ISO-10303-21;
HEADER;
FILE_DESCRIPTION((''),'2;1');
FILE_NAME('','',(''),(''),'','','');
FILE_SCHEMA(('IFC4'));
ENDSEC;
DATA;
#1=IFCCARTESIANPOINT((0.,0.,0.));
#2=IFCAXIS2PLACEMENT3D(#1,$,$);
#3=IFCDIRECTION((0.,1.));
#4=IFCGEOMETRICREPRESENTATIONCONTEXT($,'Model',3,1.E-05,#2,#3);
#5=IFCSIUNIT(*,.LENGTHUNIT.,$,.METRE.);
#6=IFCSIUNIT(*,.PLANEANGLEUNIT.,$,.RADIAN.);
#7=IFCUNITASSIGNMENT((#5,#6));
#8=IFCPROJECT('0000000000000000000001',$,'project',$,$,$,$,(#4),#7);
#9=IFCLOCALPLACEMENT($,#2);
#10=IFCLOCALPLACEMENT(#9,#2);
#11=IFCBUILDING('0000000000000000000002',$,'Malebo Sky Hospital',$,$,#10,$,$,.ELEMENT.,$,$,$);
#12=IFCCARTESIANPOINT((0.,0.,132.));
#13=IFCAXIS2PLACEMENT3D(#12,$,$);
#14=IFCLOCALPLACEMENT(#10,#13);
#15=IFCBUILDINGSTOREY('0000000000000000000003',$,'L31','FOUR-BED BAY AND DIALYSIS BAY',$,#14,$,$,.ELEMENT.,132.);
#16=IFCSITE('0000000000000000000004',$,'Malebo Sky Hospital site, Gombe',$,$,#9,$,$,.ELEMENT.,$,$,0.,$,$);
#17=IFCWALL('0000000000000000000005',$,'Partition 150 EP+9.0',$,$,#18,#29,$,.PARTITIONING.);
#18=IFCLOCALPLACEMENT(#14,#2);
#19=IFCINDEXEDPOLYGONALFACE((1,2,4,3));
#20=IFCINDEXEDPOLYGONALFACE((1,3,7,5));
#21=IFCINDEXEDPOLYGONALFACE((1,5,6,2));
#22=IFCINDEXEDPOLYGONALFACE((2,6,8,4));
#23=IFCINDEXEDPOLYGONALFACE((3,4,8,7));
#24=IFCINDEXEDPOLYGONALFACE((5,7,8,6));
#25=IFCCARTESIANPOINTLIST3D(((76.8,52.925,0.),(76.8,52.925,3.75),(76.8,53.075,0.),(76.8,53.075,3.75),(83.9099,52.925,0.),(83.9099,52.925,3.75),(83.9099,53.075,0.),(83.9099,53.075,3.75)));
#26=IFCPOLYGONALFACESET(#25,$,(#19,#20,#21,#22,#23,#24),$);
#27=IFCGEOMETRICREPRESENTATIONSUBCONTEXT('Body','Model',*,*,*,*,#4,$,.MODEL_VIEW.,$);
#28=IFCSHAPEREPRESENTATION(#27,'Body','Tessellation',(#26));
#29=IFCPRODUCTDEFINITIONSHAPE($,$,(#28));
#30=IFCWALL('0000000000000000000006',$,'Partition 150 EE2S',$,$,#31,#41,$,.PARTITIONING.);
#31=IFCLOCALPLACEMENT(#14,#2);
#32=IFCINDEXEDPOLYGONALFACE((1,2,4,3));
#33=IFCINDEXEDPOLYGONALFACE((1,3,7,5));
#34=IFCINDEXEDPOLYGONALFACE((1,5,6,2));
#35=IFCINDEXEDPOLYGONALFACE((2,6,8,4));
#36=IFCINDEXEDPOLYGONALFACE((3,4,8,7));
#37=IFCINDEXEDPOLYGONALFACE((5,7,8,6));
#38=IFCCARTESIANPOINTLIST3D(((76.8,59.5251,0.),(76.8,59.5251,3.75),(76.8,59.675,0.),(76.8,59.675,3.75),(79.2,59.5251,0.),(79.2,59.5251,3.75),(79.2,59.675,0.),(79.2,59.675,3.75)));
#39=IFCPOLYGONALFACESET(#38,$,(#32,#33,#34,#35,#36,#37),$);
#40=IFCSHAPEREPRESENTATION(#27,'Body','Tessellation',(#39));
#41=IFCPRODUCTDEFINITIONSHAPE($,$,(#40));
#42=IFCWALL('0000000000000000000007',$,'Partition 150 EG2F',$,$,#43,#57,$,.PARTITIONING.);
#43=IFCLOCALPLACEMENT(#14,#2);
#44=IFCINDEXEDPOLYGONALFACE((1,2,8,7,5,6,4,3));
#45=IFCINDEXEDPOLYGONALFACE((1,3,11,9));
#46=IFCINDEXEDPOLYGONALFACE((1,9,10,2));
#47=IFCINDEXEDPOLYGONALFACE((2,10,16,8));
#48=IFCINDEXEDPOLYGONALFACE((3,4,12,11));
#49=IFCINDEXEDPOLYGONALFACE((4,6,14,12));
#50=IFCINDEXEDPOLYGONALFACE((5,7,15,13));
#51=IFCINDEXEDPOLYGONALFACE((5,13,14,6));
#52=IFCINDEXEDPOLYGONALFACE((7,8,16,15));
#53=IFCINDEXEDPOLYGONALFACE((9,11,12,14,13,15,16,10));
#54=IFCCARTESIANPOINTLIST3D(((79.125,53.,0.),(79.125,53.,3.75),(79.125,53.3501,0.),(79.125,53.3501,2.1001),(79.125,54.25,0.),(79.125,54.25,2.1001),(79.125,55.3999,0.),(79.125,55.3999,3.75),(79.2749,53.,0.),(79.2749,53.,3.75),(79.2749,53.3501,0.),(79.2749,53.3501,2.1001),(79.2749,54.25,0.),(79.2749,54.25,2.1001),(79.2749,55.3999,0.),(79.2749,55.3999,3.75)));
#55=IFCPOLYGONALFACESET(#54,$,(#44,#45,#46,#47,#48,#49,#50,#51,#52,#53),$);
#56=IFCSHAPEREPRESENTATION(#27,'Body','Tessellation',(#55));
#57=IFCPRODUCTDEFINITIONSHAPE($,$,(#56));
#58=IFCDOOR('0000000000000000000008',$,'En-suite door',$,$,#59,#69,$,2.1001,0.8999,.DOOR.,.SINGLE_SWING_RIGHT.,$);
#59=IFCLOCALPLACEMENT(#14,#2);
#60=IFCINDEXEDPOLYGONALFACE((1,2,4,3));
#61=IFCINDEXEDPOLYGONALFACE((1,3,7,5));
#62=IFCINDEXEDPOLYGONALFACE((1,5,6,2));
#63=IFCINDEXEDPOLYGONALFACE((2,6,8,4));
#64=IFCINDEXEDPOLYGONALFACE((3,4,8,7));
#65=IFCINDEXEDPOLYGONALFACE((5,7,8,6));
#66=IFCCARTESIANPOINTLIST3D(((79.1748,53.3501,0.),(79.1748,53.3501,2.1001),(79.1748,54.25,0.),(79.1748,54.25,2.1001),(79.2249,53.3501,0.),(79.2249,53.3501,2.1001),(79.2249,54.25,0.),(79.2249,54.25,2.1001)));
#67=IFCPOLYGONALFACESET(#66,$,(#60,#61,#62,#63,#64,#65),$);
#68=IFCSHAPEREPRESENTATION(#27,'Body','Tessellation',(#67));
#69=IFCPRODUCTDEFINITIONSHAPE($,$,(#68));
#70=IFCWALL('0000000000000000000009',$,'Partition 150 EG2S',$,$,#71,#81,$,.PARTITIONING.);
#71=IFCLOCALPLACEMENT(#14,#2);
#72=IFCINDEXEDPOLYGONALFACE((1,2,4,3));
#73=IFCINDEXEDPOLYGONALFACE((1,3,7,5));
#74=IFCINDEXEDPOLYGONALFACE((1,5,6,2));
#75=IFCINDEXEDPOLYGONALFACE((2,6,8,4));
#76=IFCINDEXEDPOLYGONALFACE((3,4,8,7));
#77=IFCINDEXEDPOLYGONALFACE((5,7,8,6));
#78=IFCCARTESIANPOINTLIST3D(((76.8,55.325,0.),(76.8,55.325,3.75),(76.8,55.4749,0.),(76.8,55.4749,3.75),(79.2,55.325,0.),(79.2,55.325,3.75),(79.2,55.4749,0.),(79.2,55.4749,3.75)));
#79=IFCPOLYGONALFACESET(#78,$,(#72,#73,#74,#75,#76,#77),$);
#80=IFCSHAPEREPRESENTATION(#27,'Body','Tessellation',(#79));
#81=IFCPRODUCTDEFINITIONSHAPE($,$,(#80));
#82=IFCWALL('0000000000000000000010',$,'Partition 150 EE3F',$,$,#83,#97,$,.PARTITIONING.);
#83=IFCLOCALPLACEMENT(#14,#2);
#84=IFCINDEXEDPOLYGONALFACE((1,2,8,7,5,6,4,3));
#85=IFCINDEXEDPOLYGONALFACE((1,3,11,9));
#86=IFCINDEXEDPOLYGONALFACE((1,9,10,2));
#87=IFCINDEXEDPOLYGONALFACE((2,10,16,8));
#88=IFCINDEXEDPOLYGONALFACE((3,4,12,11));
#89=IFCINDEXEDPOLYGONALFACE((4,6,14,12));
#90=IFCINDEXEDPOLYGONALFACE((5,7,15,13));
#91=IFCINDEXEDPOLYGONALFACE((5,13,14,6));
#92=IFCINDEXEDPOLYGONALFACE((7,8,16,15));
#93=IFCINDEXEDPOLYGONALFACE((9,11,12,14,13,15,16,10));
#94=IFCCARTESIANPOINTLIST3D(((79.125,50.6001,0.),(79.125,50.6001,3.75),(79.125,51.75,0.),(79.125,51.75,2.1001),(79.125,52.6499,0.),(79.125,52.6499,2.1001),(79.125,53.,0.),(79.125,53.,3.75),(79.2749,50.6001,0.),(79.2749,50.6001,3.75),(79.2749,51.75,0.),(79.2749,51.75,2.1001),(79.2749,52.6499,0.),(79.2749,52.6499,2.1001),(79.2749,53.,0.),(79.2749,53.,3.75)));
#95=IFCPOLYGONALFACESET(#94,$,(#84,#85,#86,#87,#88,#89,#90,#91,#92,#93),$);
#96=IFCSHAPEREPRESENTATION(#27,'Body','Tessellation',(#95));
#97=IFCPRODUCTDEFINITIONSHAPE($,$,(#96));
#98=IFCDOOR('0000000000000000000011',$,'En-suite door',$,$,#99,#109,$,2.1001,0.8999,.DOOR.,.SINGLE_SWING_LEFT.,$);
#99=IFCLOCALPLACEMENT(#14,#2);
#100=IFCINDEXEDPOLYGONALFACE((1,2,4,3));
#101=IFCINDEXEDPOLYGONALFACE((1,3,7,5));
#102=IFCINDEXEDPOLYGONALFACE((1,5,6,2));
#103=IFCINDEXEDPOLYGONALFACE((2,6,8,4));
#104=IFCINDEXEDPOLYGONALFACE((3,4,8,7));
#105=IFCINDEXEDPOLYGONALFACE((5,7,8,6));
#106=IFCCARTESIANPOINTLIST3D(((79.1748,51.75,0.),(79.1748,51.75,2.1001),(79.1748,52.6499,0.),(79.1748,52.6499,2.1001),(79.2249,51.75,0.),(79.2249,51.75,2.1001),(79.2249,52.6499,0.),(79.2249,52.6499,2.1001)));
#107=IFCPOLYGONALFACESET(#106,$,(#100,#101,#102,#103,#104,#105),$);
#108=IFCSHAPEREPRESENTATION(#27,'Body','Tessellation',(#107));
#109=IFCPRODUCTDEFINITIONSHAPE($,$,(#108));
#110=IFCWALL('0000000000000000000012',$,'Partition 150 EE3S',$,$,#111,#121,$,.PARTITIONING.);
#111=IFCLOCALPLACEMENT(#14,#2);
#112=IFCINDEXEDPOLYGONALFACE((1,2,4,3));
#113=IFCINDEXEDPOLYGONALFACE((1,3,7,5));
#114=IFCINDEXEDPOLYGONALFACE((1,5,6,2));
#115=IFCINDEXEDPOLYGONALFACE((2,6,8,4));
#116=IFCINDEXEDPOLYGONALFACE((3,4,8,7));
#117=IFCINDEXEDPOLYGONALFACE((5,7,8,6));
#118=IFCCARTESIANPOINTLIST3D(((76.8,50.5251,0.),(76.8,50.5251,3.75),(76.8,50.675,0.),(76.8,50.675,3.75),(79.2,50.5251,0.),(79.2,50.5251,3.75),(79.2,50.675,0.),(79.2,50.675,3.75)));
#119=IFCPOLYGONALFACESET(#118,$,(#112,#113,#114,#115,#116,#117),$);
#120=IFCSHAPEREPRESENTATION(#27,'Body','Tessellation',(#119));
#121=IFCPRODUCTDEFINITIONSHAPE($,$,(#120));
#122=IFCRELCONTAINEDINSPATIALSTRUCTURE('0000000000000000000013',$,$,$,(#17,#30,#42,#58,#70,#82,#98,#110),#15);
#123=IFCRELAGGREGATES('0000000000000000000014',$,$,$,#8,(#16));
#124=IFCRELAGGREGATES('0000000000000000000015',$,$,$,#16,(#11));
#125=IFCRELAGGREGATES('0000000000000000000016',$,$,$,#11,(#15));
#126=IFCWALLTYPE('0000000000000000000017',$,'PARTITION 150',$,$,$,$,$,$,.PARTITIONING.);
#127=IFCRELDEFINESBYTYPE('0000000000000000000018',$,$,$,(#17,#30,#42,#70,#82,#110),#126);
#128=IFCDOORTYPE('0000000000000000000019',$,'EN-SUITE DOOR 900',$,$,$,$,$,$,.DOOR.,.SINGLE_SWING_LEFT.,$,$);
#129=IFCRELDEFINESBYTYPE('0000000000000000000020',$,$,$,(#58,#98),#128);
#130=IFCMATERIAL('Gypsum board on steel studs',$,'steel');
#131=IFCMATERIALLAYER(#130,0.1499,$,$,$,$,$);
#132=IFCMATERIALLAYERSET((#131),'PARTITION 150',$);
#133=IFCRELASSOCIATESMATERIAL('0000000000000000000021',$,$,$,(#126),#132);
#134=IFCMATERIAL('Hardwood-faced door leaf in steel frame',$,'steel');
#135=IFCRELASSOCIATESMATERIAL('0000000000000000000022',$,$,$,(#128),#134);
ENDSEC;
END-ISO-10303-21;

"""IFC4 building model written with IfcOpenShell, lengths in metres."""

from ifc_helpers import new_model, si_unit, direction, frame, frame_2d, origin, place, context, subcontext, project, spatial, rectangle, extrude, material, layer, layer_set, type_object, element, fill, save


model = new_model("IFC4")

# Units and contexts
model_context = context("Model", 3, precision=1e-05, world=origin(), true_north=direction((0.0, 1.0)))
body_context = subcontext(model_context, "Body", "Model", "MODEL_VIEW")
ifc_project = project(units=[si_unit("LENGTHUNIT", "METRE"), si_unit("PLANEANGLEUNIT", "RADIAN")], contexts=[model_context])

# Site, building, storey
site_placement = place(None, origin())
site = spatial("IfcSite", under=ifc_project, at=site_placement, Name="Malebo Sky Hospital site, Gombe", CompositionType="ELEMENT", RefElevation=0.0)
building_placement = place(site_placement, origin())
building = spatial("IfcBuilding", under=site, at=building_placement, Name="Malebo Sky Hospital", CompositionType="ELEMENT")
storey_placement = place(building_placement, frame((0.0, 0.0, 132.0)))
storey = spatial("IfcBuildingStorey", under=building, at=storey_placement, Name="L31", Description="FOUR-BED BAY AND DIALYSIS BAY", CompositionType="ELEMENT", Elevation=132.0)

# Shared definitions
ifc_material_1 = material(Name="Gypsum board on steel studs", Category="steel")
ifc_material_2 = material(Name="Hardwood-faced door leaf in steel frame", Category="steel")

# Walls
ifc_layer_1 = layer(ifc_material_1, 0.1499)
ifc_layer_set_1 = layer_set([ifc_layer_1], Name="PARTITION 150")
wall_type_1 = type_object("IfcWallType", Name="PARTITION 150", PredefinedType="PARTITIONING", material=ifc_layer_set_1)
wall_1_placement = place(storey_placement, frame((76.8, 53.0, 0.0), z_axis=(0.0, 0.0, 1.0), x_axis=(1.0, 0.0, 0.0)))
element("IfcWall", 1, at=wall_1_placement, inside=storey, type_object=wall_type_1, Name="Partition 150 EP+9.0", PredefinedType="PARTITIONING", context=body_context, shape_type="SweptSolid", body=[
    extrude(rectangle(XDim=7.1099, YDim=0.1499, at=frame_2d((3.5549, 0.0))), origin(), (0.0, 0.0, 1.0), 3.75),
])
wall_2_placement = place(storey_placement, frame((76.8, 59.6001, 0.0), z_axis=(0.0, 0.0, 1.0), x_axis=(1.0, 0.0, 0.0)))
element("IfcWall", 2, at=wall_2_placement, inside=storey, type_object=wall_type_1, Name="Partition 150 EE2S", PredefinedType="PARTITIONING", context=body_context, shape_type="SweptSolid", body=[
    extrude(rectangle(XDim=2.3999, YDim=0.1499, at=frame_2d((1.2, 0.0))), origin(), (0.0, 0.0, 1.0), 3.75),
])

# Wall, opening, door
wall_3_placement = place(storey_placement, frame((79.2, 55.3999, 0.0), z_axis=(0.0, 0.0, 1.0), x_axis=(0.0, -1.0, 0.0)))
wall_3 = element("IfcWall", 3, at=wall_3_placement, inside=storey, type_object=wall_type_1, Name="Partition 150 EG2F", PredefinedType="PARTITIONING", context=body_context, shape_type="SweptSolid", body=[
    extrude(rectangle(XDim=2.3999, YDim=0.1499, at=frame_2d((1.2, 0.0))), origin(), (0.0, 0.0, 1.0), 3.75),
])
opening_1_placement = place(wall_3_placement, frame((1.1499, 0.0, 0.0)))
opening_1 = element("IfcOpeningElement", 4, at=opening_1_placement, cuts=wall_3, PredefinedType="OPENING", context=body_context, shape_type="SweptSolid", body=[
    extrude(rectangle(XDim=0.8999, YDim=2.1001, at=frame_2d((0.45, 1.05))), frame((0.0, 0.085, 0.0), z_axis=(0.0, -1.0, 0.0), x_axis=(1.0, 0.0, 0.0)), (0.0, 0.0, 1.0), 0.1699),
])
door_type_1 = type_object("IfcDoorType", Name="EN-SUITE DOOR 900", OperationType="SINGLE_SWING_LEFT", PredefinedType="DOOR", material=ifc_material_2)
door_1_placement = place(opening_1_placement, origin())
door_1 = element("IfcDoor", 5, at=door_1_placement, inside=storey, type_object=door_type_1, Name="En-suite door", OperationType="SINGLE_SWING_RIGHT", OverallHeight=2.1001, OverallWidth=0.8999, PredefinedType="DOOR", context=body_context, shape_type="SweptSolid", body=[
    extrude(rectangle(XDim=0.8999, YDim=2.1001, at=frame_2d((0.45, 1.05))), frame((0.0, 0.0249, 0.0), z_axis=(0.0, -1.0, 0.0), x_axis=(1.0, 0.0, 0.0)), (0.0, 0.0, 1.0), 0.05),
])
fill(opening_1, door_1)

# Wall
wall_4_placement = place(storey_placement, frame((76.8, 55.3999, 0.0), z_axis=(0.0, 0.0, 1.0), x_axis=(1.0, 0.0, 0.0)))
element("IfcWall", 6, at=wall_4_placement, inside=storey, type_object=wall_type_1, Name="Partition 150 EG2S", PredefinedType="PARTITIONING", context=body_context, shape_type="SweptSolid", body=[
    extrude(rectangle(XDim=2.3999, YDim=0.1499, at=frame_2d((1.2, 0.0))), origin(), (0.0, 0.0, 1.0), 3.75),
])

# Wall, opening, door
wall_5_placement = place(storey_placement, frame((79.2, 53.0, 0.0), z_axis=(0.0, 0.0, 1.0), x_axis=(0.0, -1.0, 0.0)))
wall_5 = element("IfcWall", 7, at=wall_5_placement, inside=storey, type_object=wall_type_1, Name="Partition 150 EE3F", PredefinedType="PARTITIONING", context=body_context, shape_type="SweptSolid", body=[
    extrude(rectangle(XDim=2.3999, YDim=0.1499, at=frame_2d((1.2, 0.0))), origin(), (0.0, 0.0, 1.0), 3.75),
])
opening_2_placement = place(wall_5_placement, frame((0.3501, 0.0, 0.0)))
opening_2 = element("IfcOpeningElement", 8, at=opening_2_placement, cuts=wall_5, PredefinedType="OPENING", context=body_context, shape_type="SweptSolid", body=[
    extrude(rectangle(XDim=0.8999, YDim=2.1001, at=frame_2d((0.45, 1.05))), frame((0.0, 0.085, 0.0), z_axis=(0.0, -1.0, 0.0), x_axis=(1.0, 0.0, 0.0)), (0.0, 0.0, 1.0), 0.1699),
])
door_2_placement = place(opening_2_placement, origin())
door_2 = element("IfcDoor", 9, at=door_2_placement, inside=storey, type_object=door_type_1, Name="En-suite door", OperationType="SINGLE_SWING_LEFT", OverallHeight=2.1001, OverallWidth=0.8999, PredefinedType="DOOR", context=body_context, shape_type="SweptSolid", body=[
    extrude(rectangle(XDim=0.8999, YDim=2.1001, at=frame_2d((0.45, 1.05))), frame((0.0, 0.0249, 0.0), z_axis=(0.0, -1.0, 0.0), x_axis=(1.0, 0.0, 0.0)), (0.0, 0.0, 1.0), 0.05),
])
fill(opening_2, door_2)

# Wall
wall_6_placement = place(storey_placement, frame((76.8, 50.6001, 0.0), z_axis=(0.0, 0.0, 1.0), x_axis=(1.0, 0.0, 0.0)))
element("IfcWall", 10, at=wall_6_placement, inside=storey, type_object=wall_type_1, Name="Partition 150 EE3S", PredefinedType="PARTITIONING", context=body_context, shape_type="SweptSolid", body=[
    extrude(rectangle(XDim=2.3999, YDim=0.1499, at=frame_2d((1.2, 0.0))), origin(), (0.0, 0.0, 1.0), 3.75),
])

save(model, "model.ifc")
